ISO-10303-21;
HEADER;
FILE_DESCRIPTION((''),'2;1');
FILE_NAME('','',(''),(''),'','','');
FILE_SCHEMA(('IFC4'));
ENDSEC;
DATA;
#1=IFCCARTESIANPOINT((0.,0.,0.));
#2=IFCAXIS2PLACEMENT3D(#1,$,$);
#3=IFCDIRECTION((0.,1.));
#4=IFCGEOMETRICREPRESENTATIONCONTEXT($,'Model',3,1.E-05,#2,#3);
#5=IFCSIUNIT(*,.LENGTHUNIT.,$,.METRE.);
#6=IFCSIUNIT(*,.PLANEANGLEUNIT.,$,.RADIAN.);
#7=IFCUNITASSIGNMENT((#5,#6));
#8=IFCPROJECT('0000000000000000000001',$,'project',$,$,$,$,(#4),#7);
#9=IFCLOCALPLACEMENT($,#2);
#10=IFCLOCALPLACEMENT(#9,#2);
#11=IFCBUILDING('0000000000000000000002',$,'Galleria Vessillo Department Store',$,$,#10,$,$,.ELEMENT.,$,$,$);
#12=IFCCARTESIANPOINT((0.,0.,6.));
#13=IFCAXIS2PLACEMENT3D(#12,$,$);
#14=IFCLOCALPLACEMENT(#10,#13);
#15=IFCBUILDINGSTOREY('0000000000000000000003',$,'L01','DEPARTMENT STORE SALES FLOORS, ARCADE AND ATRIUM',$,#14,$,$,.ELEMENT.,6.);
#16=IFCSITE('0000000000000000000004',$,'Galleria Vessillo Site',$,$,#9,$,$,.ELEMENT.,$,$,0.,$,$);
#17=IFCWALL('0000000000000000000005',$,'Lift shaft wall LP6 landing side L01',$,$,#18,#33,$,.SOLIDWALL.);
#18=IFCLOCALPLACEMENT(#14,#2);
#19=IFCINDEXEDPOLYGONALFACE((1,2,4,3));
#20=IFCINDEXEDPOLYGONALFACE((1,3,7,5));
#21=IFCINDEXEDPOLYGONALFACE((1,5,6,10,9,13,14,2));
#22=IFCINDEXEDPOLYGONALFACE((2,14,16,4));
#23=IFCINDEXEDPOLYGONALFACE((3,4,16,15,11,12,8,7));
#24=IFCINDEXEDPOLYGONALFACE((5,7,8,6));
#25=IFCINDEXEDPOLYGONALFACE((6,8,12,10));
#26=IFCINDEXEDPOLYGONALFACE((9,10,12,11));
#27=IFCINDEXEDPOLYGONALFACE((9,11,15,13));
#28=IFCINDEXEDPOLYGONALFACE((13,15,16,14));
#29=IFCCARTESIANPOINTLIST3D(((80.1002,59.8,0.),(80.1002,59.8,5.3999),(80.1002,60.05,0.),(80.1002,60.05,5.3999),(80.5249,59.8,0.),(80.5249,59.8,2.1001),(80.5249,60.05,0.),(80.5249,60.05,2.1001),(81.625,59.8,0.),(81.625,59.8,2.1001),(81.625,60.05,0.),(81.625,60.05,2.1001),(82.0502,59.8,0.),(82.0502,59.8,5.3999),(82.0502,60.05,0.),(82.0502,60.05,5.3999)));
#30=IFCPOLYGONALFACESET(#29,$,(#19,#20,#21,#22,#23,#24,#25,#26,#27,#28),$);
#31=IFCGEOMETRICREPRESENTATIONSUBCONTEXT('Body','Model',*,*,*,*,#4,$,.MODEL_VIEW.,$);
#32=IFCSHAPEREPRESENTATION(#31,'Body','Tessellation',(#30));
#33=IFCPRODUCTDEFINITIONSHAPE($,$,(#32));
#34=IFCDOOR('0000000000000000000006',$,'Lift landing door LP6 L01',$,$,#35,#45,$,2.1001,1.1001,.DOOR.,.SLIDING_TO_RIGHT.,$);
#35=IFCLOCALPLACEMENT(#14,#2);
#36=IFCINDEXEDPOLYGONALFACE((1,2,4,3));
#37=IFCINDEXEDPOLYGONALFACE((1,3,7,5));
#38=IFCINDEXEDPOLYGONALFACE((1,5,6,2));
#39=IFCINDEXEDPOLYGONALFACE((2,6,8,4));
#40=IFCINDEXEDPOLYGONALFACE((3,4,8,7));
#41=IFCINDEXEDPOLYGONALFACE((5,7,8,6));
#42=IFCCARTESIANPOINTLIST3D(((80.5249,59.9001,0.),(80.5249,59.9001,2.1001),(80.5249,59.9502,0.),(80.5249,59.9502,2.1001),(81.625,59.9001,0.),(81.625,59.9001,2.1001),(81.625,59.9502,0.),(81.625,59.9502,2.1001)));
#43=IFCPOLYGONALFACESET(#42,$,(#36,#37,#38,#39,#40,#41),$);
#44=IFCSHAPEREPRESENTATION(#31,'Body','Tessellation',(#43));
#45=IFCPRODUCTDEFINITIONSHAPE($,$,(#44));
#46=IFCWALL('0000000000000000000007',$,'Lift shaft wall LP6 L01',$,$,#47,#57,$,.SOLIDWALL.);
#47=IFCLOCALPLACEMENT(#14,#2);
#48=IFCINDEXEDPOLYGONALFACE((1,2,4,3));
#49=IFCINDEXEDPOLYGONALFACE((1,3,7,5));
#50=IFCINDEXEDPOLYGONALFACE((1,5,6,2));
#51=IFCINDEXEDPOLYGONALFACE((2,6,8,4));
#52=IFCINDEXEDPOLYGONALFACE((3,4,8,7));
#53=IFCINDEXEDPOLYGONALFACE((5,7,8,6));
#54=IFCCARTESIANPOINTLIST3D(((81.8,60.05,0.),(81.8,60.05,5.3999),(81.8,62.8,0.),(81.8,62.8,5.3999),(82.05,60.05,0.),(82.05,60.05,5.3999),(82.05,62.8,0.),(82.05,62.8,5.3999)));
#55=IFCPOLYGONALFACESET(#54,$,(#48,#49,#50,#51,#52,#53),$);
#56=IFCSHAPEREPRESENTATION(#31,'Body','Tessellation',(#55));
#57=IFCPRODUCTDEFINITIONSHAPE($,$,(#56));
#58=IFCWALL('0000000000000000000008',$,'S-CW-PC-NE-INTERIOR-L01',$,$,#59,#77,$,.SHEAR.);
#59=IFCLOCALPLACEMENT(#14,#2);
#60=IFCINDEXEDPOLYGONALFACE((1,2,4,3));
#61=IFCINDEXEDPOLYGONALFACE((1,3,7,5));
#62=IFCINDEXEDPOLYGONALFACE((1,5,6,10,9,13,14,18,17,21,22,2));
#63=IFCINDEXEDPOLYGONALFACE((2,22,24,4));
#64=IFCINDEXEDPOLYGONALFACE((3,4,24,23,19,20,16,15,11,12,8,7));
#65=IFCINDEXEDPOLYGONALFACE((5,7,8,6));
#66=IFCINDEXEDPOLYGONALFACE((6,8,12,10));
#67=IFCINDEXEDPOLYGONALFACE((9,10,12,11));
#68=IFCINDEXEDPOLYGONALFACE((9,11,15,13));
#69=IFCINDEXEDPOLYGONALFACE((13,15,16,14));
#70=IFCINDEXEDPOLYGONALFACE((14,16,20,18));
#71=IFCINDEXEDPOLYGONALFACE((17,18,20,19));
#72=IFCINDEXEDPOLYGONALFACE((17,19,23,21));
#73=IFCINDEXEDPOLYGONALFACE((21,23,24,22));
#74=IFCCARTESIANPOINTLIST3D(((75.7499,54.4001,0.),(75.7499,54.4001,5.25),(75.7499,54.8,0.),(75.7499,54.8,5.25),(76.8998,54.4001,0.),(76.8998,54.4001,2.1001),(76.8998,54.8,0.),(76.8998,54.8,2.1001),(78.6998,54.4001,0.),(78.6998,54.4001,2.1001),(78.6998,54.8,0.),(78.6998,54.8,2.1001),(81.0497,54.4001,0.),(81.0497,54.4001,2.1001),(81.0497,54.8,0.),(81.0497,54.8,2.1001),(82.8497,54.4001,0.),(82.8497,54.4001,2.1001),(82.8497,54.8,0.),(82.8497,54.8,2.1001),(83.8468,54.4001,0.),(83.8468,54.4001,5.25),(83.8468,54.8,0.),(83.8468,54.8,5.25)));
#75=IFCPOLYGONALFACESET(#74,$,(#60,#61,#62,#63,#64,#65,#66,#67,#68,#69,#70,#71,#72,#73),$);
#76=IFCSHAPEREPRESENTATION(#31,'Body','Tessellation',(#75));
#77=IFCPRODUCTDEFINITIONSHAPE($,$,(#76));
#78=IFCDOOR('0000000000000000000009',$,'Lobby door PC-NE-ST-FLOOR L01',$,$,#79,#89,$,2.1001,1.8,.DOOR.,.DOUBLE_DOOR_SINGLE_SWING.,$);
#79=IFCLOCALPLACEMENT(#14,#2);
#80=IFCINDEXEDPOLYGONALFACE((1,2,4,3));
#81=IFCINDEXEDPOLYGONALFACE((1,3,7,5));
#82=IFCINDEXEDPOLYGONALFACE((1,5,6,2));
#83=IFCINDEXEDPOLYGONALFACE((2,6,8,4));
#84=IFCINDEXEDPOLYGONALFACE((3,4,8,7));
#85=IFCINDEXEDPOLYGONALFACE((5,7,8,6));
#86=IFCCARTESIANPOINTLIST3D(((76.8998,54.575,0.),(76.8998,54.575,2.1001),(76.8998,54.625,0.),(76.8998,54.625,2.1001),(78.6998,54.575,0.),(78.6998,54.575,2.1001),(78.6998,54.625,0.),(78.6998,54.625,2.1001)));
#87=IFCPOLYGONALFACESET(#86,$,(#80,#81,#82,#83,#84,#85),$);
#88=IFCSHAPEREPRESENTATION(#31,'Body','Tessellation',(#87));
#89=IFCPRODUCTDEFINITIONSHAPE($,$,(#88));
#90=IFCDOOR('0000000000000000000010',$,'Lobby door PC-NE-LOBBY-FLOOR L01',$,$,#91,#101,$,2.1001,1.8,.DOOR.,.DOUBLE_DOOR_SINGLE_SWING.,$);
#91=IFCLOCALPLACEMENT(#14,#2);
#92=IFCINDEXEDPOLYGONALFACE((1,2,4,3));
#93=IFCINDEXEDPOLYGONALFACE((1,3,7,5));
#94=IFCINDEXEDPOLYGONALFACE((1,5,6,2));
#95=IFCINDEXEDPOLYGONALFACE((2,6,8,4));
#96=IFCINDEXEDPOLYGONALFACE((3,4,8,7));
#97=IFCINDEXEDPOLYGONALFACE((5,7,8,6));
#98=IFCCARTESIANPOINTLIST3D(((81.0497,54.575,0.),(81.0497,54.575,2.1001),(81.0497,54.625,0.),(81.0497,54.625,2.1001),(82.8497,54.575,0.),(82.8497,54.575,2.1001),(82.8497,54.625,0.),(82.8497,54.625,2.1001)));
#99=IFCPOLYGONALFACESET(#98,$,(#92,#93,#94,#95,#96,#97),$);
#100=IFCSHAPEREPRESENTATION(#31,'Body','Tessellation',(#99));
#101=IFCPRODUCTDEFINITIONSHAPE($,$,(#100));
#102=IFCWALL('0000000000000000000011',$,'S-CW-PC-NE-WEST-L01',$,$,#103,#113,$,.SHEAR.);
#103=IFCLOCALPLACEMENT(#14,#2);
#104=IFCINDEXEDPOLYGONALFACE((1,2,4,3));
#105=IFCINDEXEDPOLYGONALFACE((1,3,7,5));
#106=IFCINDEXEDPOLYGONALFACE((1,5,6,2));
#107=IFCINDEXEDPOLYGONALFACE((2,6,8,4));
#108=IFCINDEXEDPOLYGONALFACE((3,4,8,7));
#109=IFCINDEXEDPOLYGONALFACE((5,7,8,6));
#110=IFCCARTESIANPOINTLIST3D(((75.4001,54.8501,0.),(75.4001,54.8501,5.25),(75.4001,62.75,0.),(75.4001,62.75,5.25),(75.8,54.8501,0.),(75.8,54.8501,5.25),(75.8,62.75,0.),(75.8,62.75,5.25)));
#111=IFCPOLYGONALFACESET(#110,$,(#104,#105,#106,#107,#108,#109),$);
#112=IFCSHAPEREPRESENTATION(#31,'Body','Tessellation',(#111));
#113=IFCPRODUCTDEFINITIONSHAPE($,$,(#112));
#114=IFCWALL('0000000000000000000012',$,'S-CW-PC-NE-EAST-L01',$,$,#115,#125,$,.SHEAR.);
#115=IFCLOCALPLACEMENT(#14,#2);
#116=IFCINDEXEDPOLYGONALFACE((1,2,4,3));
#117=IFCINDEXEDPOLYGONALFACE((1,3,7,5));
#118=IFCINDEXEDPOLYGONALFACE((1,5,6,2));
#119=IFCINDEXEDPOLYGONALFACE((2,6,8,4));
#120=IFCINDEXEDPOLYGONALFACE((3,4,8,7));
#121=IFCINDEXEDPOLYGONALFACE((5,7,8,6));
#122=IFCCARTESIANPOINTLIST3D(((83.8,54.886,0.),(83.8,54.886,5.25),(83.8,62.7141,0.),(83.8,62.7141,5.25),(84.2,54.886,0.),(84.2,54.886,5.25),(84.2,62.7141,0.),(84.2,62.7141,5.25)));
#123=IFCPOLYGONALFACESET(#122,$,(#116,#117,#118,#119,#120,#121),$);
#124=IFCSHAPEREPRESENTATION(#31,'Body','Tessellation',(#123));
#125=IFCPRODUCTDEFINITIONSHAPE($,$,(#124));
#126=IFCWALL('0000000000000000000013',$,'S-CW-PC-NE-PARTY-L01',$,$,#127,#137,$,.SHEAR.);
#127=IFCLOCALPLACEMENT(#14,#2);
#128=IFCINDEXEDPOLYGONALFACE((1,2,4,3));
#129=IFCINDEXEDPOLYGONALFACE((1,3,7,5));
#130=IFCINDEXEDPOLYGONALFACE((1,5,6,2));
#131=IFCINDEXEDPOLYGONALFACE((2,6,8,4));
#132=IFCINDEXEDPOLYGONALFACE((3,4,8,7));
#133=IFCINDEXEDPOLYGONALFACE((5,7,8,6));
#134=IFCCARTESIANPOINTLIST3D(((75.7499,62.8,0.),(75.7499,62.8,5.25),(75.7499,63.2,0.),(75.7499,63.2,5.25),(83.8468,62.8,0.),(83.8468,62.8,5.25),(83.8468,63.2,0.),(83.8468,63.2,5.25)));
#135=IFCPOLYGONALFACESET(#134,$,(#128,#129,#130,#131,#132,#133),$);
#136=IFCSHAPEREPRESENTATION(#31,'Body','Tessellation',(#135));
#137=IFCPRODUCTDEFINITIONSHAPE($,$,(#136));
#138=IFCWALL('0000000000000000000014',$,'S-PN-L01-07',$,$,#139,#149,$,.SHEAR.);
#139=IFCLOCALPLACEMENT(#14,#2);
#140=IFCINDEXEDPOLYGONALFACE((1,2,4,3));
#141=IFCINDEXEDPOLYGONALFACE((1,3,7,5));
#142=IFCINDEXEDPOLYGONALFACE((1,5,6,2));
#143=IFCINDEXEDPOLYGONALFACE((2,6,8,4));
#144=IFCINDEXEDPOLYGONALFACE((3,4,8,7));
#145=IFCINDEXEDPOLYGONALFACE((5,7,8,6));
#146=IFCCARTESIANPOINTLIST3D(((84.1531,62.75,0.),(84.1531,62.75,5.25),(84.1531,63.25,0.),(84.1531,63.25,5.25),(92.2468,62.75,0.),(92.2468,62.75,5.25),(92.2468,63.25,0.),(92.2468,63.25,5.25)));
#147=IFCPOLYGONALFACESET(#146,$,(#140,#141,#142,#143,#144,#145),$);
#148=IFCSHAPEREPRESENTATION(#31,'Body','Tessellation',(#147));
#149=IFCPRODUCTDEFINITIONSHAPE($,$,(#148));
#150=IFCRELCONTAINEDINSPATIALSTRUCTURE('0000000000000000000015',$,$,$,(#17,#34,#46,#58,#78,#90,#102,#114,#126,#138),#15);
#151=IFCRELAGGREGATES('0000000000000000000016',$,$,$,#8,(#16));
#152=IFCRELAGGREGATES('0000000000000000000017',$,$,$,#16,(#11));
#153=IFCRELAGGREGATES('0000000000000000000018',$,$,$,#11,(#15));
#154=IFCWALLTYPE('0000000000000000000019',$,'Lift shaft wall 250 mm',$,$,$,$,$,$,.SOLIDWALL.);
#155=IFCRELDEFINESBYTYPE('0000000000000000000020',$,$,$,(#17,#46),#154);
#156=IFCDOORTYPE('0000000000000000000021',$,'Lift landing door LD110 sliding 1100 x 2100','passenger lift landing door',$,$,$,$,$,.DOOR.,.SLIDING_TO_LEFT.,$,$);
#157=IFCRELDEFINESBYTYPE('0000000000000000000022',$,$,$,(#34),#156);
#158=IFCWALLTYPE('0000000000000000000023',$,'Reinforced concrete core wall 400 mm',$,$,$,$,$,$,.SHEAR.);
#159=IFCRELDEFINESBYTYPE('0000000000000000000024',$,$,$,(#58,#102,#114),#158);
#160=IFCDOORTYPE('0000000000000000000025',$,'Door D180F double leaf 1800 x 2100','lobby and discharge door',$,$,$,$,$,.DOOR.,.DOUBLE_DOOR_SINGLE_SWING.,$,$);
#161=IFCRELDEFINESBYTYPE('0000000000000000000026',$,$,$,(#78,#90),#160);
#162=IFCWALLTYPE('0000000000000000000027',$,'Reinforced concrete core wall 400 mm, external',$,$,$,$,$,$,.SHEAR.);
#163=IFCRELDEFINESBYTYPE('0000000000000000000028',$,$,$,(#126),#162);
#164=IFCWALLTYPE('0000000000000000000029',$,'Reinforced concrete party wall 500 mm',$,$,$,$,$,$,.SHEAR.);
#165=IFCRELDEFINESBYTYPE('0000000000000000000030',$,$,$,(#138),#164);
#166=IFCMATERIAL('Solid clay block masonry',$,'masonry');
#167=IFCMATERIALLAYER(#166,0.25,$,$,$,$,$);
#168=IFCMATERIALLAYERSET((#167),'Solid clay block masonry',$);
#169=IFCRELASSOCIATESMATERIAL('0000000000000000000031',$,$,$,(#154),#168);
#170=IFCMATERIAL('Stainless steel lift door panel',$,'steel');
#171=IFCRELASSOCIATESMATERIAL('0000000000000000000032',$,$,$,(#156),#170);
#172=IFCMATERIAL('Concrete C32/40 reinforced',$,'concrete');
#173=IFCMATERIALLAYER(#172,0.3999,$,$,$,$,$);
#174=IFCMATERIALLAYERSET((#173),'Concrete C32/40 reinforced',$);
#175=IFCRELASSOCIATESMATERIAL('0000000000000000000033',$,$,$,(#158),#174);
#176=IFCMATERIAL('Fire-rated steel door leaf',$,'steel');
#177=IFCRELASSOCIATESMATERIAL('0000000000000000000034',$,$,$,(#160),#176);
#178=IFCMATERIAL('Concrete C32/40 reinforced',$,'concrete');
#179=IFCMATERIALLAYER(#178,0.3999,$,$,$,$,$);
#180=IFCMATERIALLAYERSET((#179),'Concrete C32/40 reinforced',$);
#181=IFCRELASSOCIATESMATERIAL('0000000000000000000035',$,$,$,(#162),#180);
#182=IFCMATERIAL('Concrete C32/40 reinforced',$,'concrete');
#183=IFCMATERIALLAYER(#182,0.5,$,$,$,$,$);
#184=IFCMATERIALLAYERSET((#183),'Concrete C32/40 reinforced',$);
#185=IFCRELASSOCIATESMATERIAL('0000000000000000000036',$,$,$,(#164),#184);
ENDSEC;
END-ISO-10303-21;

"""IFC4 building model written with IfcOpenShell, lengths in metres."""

from ifc_helpers import new_model, si_unit, direction, frame, frame_2d, origin, place, context, subcontext, project, spatial, rectangle, extrude, material, layer, layer_set, type_object, element, fill, save


model = new_model("IFC4")

# Units and contexts
model_context = context("Model", 3, precision=1e-05, world=origin(), true_north=direction((0.0, 1.0)))
body_context = subcontext(model_context, "Body", "Model", "MODEL_VIEW")
ifc_project = project(units=[si_unit("LENGTHUNIT", "METRE"), si_unit("PLANEANGLEUNIT", "RADIAN")], contexts=[model_context])

# Site, building, storey
site_placement = place(None, origin())
site = spatial("IfcSite", under=ifc_project, at=site_placement, Name="Galleria Vessillo Site", CompositionType="ELEMENT", RefElevation=0.0)
building_placement = place(site_placement, origin())
building = spatial("IfcBuilding", under=site, at=building_placement, Name="Galleria Vessillo Department Store", CompositionType="ELEMENT")
storey_placement = place(building_placement, frame((0.0, 0.0, 6.0)))
storey = spatial("IfcBuildingStorey", under=building, at=storey_placement, Name="L01", Description="DEPARTMENT STORE SALES FLOORS, ARCADE AND ATRIUM", CompositionType="ELEMENT", Elevation=6.0)

# Wall, opening, door
ifc_material_1 = material(Name="Solid clay block masonry", Category="masonry")
ifc_layer_1 = layer(ifc_material_1, 0.25)
ifc_layer_set_1 = layer_set([ifc_layer_1], Name="Solid clay block masonry")
wall_type_1 = type_object("IfcWallType", Name="Lift shaft wall 250 mm", PredefinedType="SOLIDWALL", material=ifc_layer_set_1)
wall_1_placement = place(storey_placement, frame((80.1001, 59.925, 0.0), z_axis=(0.0, 0.0, 1.0), x_axis=(1.0, 0.0, 0.0)))
wall_1 = element("IfcWall", 1, at=wall_1_placement, inside=storey, type_object=wall_type_1, Name="Lift shaft wall LP6 landing side L01", PredefinedType="SOLIDWALL", context=body_context, shape_type="SweptSolid", body=[
    extrude(rectangle(XDim=1.95, YDim=0.25, at=frame_2d((0.9751, 0.0))), origin(), (0.0, 0.0, 1.0), 5.3999),
])
opening_1_placement = place(wall_1_placement, frame((0.4248, 0.0, 0.0)))
opening_1 = element("IfcOpeningElement", 2, at=opening_1_placement, cuts=wall_1, PredefinedType="OPENING", context=body_context, shape_type="SweptSolid", body=[
    extrude(rectangle(XDim=1.1001, YDim=2.1001, at=frame_2d((0.55, 1.05))), frame((0.0, 0.135, 0.0), z_axis=(0.0, -1.0, 0.0), x_axis=(1.0, 0.0, 0.0)), (0.0, 0.0, 1.0), 0.27),
])
ifc_material_2 = material(Name="Stainless steel lift door panel", Category="steel")
door_type_1 = type_object("IfcDoorType", Name="Lift landing door LD110 sliding 1100 x 2100", Description="passenger lift landing door", OperationType="SLIDING_TO_LEFT", PredefinedType="DOOR", material=ifc_material_2)
door_1_placement = place(opening_1_placement, frame((1.1001, 0.0, 0.0), z_axis=(0.0, 0.0, 1.0), x_axis=(-1.0, 0.0, 0.0)))
door_1 = element("IfcDoor", 3, at=door_1_placement, inside=storey, type_object=door_type_1, Name="Lift landing door LP6 L01", OperationType="SLIDING_TO_RIGHT", OverallHeight=2.1001, OverallWidth=1.1001, PredefinedType="DOOR", context=body_context, shape_type="SweptSolid", body=[
    extrude(rectangle(XDim=1.1001, YDim=2.1001, at=frame_2d((0.55, 1.05))), frame((0.0, 0.0249, 0.0), z_axis=(0.0, -1.0, 0.0), x_axis=(1.0, 0.0, 0.0)), (0.0, 0.0, 1.0), 0.05),
])
fill(opening_1, door_1)

# Wall
wall_2_placement = place(storey_placement, frame((81.925, 62.8, 0.0), z_axis=(0.0, 0.0, 1.0), x_axis=(0.0, -1.0, 0.0)))
element("IfcWall", 4, at=wall_2_placement, inside=storey, type_object=wall_type_1, Name="Lift shaft wall LP6 L01", PredefinedType="SOLIDWALL", context=body_context, shape_type="SweptSolid", body=[
    extrude(rectangle(XDim=2.75, YDim=0.25, at=frame_2d((1.375, 0.0))), origin(), (0.0, 0.0, 1.0), 5.3999),
])

# Wall, openings, doors
ifc_material_3 = material(Name="Concrete C32/40 reinforced", Category="concrete")
ifc_layer_2 = layer(ifc_material_3, 0.3999)
ifc_layer_set_2 = layer_set([ifc_layer_2], Name="Concrete C32/40 reinforced")
wall_type_2 = type_object("IfcWallType", Name="Reinforced concrete core wall 400 mm", PredefinedType="SHEAR", material=ifc_layer_set_2)
wall_3_placement = place(storey_placement, frame((75.75, 54.6001, 0.0), z_axis=(0.0, 0.0, 1.0), x_axis=(1.0, 0.0, 0.0)))
wall_3 = element("IfcWall", 5, at=wall_3_placement, inside=storey, type_object=wall_type_2, Name="S-CW-PC-NE-INTERIOR-L01", PredefinedType="SHEAR", context=body_context, shape_type="SweptSolid", body=[
    extrude(rectangle(XDim=8.0969, YDim=0.3999, at=frame_2d((4.0483, 0.0))), origin(), (0.0, 0.0, 1.0), 5.25),
])
opening_2_placement = place(wall_3_placement, frame((1.1499, 0.0, 0.0)))
opening_2 = element("IfcOpeningElement", 6, at=opening_2_placement, cuts=wall_3, PredefinedType="OPENING", context=body_context, shape_type="SweptSolid", body=[
    extrude(rectangle(XDim=1.8, YDim=2.1001, at=frame_2d((0.8999, 1.05))), frame((0.0, 0.21, 0.0), z_axis=(0.0, -1.0, 0.0), x_axis=(1.0, 0.0, 0.0)), (0.0, 0.0, 1.0), 0.4199),
])
opening_3_placement = place(wall_3_placement, frame((5.2998, 0.0, 0.0)))
opening_3 = element("IfcOpeningElement", 7, at=opening_3_placement, cuts=wall_3, PredefinedType="OPENING", context=body_context, shape_type="SweptSolid", body=[
    extrude(rectangle(XDim=1.8, YDim=2.1001, at=frame_2d((0.8999, 1.05))), frame((0.0, 0.21, 0.0), z_axis=(0.0, -1.0, 0.0), x_axis=(1.0, 0.0, 0.0)), (0.0, 0.0, 1.0), 0.4199),
])
ifc_material_4 = material(Name="Fire-rated steel door leaf", Category="steel")
door_type_2 = type_object("IfcDoorType", Name="Door D180F double leaf 1800 x 2100", Description="lobby and discharge door", OperationType="DOUBLE_DOOR_SINGLE_SWING", PredefinedType="DOOR", material=ifc_material_4)
door_2_placement = place(opening_2_placement, origin())
door_2 = element("IfcDoor", 8, at=door_2_placement, inside=storey, type_object=door_type_2, Name="Lobby door PC-NE-ST-FLOOR L01", OperationType="DOUBLE_DOOR_SINGLE_SWING", OverallHeight=2.1001, OverallWidth=1.8, PredefinedType="DOOR", context=body_context, shape_type="SweptSolid", body=[
    extrude(rectangle(XDim=1.8, YDim=2.1001, at=frame_2d((0.8999, 1.05))), frame((0.0, 0.0249, 0.0), z_axis=(0.0, -1.0, 0.0), x_axis=(1.0, 0.0, 0.0)), (0.0, 0.0, 1.0), 0.05),
])
fill(opening_2, door_2)
door_3_placement = place(opening_3_placement, origin())
door_3 = element("IfcDoor", 9, at=door_3_placement, inside=storey, type_object=door_type_2, Name="Lobby door PC-NE-LOBBY-FLOOR L01", OperationType="DOUBLE_DOOR_SINGLE_SWING", OverallHeight=2.1001, OverallWidth=1.8, PredefinedType="DOOR", context=body_context, shape_type="SweptSolid", body=[
    extrude(rectangle(XDim=1.8, YDim=2.1001, at=frame_2d((0.8999, 1.05))), frame((0.0, 0.0249, 0.0), z_axis=(0.0, -1.0, 0.0), x_axis=(1.0, 0.0, 0.0)), (0.0, 0.0, 1.0), 0.05),
])
fill(opening_3, door_3)

# Walls
wall_4_placement = place(storey_placement, frame((75.6001, 54.8501, 0.0), z_axis=(0.0, 0.0, 1.0), x_axis=(0.0, 1.0, 0.0)))
element("IfcWall", 10, at=wall_4_placement, inside=storey, type_object=wall_type_2, Name="S-CW-PC-NE-WEST-L01", PredefinedType="SHEAR", context=body_context, shape_type="SweptSolid", body=[
    extrude(rectangle(XDim=7.8999, YDim=0.3999, at=frame_2d((3.95, 0.0))), origin(), (0.0, 0.0, 1.0), 5.25),
])
wall_5_placement = place(storey_placement, frame((84.0, 54.886, 0.0), z_axis=(0.0, 0.0, 1.0), x_axis=(0.0, 1.0, 0.0)))
element("IfcWall", 11, at=wall_5_placement, inside=storey, type_object=wall_type_2, Name="S-CW-PC-NE-EAST-L01", PredefinedType="SHEAR", context=body_context, shape_type="SweptSolid", body=[
    extrude(rectangle(XDim=7.8281, YDim=0.3999, at=frame_2d((3.9141, 0.0))), origin(), (0.0, 0.0, 1.0), 5.25),
])
ifc_material_5 = material(Name="Concrete C32/40 reinforced", Category="concrete")
ifc_layer_3 = layer(ifc_material_5, 0.3999)
ifc_layer_set_3 = layer_set([ifc_layer_3], Name="Concrete C32/40 reinforced")
wall_type_3 = type_object("IfcWallType", Name="Reinforced concrete core wall 400 mm, external", PredefinedType="SHEAR", material=ifc_layer_set_3)
wall_6_placement = place(storey_placement, frame((75.75, 63.0, 0.0), z_axis=(0.0, 0.0, 1.0), x_axis=(1.0, 0.0, 0.0)))
element("IfcWall", 12, at=wall_6_placement, inside=storey, type_object=wall_type_3, Name="S-CW-PC-NE-PARTY-L01", PredefinedType="SHEAR", context=body_context, shape_type="SweptSolid", body=[
    extrude(rectangle(XDim=8.0969, YDim=0.3999, at=frame_2d((4.0483, 0.0))), origin(), (0.0, 0.0, 1.0), 5.25),
])
ifc_material_6 = material(Name="Concrete C32/40 reinforced", Category="concrete")
ifc_layer_4 = layer(ifc_material_6, 0.5)
ifc_layer_set_4 = layer_set([ifc_layer_4], Name="Concrete C32/40 reinforced")
wall_type_4 = type_object("IfcWallType", Name="Reinforced concrete party wall 500 mm", PredefinedType="SHEAR", material=ifc_layer_set_4)
wall_7_placement = place(storey_placement, frame((84.1531, 63.0, 0.0), z_axis=(0.0, 0.0, 1.0), x_axis=(1.0, 0.0, 0.0)))
element("IfcWall", 13, at=wall_7_placement, inside=storey, type_object=wall_type_4, Name="S-PN-L01-07", PredefinedType="SHEAR", context=body_context, shape_type="SweptSolid", body=[
    extrude(rectangle(XDim=8.0938, YDim=0.5, at=frame_2d((4.0469, 0.0))), origin(), (0.0, 0.0, 1.0), 5.25),
])

save(model, "model.ifc")
